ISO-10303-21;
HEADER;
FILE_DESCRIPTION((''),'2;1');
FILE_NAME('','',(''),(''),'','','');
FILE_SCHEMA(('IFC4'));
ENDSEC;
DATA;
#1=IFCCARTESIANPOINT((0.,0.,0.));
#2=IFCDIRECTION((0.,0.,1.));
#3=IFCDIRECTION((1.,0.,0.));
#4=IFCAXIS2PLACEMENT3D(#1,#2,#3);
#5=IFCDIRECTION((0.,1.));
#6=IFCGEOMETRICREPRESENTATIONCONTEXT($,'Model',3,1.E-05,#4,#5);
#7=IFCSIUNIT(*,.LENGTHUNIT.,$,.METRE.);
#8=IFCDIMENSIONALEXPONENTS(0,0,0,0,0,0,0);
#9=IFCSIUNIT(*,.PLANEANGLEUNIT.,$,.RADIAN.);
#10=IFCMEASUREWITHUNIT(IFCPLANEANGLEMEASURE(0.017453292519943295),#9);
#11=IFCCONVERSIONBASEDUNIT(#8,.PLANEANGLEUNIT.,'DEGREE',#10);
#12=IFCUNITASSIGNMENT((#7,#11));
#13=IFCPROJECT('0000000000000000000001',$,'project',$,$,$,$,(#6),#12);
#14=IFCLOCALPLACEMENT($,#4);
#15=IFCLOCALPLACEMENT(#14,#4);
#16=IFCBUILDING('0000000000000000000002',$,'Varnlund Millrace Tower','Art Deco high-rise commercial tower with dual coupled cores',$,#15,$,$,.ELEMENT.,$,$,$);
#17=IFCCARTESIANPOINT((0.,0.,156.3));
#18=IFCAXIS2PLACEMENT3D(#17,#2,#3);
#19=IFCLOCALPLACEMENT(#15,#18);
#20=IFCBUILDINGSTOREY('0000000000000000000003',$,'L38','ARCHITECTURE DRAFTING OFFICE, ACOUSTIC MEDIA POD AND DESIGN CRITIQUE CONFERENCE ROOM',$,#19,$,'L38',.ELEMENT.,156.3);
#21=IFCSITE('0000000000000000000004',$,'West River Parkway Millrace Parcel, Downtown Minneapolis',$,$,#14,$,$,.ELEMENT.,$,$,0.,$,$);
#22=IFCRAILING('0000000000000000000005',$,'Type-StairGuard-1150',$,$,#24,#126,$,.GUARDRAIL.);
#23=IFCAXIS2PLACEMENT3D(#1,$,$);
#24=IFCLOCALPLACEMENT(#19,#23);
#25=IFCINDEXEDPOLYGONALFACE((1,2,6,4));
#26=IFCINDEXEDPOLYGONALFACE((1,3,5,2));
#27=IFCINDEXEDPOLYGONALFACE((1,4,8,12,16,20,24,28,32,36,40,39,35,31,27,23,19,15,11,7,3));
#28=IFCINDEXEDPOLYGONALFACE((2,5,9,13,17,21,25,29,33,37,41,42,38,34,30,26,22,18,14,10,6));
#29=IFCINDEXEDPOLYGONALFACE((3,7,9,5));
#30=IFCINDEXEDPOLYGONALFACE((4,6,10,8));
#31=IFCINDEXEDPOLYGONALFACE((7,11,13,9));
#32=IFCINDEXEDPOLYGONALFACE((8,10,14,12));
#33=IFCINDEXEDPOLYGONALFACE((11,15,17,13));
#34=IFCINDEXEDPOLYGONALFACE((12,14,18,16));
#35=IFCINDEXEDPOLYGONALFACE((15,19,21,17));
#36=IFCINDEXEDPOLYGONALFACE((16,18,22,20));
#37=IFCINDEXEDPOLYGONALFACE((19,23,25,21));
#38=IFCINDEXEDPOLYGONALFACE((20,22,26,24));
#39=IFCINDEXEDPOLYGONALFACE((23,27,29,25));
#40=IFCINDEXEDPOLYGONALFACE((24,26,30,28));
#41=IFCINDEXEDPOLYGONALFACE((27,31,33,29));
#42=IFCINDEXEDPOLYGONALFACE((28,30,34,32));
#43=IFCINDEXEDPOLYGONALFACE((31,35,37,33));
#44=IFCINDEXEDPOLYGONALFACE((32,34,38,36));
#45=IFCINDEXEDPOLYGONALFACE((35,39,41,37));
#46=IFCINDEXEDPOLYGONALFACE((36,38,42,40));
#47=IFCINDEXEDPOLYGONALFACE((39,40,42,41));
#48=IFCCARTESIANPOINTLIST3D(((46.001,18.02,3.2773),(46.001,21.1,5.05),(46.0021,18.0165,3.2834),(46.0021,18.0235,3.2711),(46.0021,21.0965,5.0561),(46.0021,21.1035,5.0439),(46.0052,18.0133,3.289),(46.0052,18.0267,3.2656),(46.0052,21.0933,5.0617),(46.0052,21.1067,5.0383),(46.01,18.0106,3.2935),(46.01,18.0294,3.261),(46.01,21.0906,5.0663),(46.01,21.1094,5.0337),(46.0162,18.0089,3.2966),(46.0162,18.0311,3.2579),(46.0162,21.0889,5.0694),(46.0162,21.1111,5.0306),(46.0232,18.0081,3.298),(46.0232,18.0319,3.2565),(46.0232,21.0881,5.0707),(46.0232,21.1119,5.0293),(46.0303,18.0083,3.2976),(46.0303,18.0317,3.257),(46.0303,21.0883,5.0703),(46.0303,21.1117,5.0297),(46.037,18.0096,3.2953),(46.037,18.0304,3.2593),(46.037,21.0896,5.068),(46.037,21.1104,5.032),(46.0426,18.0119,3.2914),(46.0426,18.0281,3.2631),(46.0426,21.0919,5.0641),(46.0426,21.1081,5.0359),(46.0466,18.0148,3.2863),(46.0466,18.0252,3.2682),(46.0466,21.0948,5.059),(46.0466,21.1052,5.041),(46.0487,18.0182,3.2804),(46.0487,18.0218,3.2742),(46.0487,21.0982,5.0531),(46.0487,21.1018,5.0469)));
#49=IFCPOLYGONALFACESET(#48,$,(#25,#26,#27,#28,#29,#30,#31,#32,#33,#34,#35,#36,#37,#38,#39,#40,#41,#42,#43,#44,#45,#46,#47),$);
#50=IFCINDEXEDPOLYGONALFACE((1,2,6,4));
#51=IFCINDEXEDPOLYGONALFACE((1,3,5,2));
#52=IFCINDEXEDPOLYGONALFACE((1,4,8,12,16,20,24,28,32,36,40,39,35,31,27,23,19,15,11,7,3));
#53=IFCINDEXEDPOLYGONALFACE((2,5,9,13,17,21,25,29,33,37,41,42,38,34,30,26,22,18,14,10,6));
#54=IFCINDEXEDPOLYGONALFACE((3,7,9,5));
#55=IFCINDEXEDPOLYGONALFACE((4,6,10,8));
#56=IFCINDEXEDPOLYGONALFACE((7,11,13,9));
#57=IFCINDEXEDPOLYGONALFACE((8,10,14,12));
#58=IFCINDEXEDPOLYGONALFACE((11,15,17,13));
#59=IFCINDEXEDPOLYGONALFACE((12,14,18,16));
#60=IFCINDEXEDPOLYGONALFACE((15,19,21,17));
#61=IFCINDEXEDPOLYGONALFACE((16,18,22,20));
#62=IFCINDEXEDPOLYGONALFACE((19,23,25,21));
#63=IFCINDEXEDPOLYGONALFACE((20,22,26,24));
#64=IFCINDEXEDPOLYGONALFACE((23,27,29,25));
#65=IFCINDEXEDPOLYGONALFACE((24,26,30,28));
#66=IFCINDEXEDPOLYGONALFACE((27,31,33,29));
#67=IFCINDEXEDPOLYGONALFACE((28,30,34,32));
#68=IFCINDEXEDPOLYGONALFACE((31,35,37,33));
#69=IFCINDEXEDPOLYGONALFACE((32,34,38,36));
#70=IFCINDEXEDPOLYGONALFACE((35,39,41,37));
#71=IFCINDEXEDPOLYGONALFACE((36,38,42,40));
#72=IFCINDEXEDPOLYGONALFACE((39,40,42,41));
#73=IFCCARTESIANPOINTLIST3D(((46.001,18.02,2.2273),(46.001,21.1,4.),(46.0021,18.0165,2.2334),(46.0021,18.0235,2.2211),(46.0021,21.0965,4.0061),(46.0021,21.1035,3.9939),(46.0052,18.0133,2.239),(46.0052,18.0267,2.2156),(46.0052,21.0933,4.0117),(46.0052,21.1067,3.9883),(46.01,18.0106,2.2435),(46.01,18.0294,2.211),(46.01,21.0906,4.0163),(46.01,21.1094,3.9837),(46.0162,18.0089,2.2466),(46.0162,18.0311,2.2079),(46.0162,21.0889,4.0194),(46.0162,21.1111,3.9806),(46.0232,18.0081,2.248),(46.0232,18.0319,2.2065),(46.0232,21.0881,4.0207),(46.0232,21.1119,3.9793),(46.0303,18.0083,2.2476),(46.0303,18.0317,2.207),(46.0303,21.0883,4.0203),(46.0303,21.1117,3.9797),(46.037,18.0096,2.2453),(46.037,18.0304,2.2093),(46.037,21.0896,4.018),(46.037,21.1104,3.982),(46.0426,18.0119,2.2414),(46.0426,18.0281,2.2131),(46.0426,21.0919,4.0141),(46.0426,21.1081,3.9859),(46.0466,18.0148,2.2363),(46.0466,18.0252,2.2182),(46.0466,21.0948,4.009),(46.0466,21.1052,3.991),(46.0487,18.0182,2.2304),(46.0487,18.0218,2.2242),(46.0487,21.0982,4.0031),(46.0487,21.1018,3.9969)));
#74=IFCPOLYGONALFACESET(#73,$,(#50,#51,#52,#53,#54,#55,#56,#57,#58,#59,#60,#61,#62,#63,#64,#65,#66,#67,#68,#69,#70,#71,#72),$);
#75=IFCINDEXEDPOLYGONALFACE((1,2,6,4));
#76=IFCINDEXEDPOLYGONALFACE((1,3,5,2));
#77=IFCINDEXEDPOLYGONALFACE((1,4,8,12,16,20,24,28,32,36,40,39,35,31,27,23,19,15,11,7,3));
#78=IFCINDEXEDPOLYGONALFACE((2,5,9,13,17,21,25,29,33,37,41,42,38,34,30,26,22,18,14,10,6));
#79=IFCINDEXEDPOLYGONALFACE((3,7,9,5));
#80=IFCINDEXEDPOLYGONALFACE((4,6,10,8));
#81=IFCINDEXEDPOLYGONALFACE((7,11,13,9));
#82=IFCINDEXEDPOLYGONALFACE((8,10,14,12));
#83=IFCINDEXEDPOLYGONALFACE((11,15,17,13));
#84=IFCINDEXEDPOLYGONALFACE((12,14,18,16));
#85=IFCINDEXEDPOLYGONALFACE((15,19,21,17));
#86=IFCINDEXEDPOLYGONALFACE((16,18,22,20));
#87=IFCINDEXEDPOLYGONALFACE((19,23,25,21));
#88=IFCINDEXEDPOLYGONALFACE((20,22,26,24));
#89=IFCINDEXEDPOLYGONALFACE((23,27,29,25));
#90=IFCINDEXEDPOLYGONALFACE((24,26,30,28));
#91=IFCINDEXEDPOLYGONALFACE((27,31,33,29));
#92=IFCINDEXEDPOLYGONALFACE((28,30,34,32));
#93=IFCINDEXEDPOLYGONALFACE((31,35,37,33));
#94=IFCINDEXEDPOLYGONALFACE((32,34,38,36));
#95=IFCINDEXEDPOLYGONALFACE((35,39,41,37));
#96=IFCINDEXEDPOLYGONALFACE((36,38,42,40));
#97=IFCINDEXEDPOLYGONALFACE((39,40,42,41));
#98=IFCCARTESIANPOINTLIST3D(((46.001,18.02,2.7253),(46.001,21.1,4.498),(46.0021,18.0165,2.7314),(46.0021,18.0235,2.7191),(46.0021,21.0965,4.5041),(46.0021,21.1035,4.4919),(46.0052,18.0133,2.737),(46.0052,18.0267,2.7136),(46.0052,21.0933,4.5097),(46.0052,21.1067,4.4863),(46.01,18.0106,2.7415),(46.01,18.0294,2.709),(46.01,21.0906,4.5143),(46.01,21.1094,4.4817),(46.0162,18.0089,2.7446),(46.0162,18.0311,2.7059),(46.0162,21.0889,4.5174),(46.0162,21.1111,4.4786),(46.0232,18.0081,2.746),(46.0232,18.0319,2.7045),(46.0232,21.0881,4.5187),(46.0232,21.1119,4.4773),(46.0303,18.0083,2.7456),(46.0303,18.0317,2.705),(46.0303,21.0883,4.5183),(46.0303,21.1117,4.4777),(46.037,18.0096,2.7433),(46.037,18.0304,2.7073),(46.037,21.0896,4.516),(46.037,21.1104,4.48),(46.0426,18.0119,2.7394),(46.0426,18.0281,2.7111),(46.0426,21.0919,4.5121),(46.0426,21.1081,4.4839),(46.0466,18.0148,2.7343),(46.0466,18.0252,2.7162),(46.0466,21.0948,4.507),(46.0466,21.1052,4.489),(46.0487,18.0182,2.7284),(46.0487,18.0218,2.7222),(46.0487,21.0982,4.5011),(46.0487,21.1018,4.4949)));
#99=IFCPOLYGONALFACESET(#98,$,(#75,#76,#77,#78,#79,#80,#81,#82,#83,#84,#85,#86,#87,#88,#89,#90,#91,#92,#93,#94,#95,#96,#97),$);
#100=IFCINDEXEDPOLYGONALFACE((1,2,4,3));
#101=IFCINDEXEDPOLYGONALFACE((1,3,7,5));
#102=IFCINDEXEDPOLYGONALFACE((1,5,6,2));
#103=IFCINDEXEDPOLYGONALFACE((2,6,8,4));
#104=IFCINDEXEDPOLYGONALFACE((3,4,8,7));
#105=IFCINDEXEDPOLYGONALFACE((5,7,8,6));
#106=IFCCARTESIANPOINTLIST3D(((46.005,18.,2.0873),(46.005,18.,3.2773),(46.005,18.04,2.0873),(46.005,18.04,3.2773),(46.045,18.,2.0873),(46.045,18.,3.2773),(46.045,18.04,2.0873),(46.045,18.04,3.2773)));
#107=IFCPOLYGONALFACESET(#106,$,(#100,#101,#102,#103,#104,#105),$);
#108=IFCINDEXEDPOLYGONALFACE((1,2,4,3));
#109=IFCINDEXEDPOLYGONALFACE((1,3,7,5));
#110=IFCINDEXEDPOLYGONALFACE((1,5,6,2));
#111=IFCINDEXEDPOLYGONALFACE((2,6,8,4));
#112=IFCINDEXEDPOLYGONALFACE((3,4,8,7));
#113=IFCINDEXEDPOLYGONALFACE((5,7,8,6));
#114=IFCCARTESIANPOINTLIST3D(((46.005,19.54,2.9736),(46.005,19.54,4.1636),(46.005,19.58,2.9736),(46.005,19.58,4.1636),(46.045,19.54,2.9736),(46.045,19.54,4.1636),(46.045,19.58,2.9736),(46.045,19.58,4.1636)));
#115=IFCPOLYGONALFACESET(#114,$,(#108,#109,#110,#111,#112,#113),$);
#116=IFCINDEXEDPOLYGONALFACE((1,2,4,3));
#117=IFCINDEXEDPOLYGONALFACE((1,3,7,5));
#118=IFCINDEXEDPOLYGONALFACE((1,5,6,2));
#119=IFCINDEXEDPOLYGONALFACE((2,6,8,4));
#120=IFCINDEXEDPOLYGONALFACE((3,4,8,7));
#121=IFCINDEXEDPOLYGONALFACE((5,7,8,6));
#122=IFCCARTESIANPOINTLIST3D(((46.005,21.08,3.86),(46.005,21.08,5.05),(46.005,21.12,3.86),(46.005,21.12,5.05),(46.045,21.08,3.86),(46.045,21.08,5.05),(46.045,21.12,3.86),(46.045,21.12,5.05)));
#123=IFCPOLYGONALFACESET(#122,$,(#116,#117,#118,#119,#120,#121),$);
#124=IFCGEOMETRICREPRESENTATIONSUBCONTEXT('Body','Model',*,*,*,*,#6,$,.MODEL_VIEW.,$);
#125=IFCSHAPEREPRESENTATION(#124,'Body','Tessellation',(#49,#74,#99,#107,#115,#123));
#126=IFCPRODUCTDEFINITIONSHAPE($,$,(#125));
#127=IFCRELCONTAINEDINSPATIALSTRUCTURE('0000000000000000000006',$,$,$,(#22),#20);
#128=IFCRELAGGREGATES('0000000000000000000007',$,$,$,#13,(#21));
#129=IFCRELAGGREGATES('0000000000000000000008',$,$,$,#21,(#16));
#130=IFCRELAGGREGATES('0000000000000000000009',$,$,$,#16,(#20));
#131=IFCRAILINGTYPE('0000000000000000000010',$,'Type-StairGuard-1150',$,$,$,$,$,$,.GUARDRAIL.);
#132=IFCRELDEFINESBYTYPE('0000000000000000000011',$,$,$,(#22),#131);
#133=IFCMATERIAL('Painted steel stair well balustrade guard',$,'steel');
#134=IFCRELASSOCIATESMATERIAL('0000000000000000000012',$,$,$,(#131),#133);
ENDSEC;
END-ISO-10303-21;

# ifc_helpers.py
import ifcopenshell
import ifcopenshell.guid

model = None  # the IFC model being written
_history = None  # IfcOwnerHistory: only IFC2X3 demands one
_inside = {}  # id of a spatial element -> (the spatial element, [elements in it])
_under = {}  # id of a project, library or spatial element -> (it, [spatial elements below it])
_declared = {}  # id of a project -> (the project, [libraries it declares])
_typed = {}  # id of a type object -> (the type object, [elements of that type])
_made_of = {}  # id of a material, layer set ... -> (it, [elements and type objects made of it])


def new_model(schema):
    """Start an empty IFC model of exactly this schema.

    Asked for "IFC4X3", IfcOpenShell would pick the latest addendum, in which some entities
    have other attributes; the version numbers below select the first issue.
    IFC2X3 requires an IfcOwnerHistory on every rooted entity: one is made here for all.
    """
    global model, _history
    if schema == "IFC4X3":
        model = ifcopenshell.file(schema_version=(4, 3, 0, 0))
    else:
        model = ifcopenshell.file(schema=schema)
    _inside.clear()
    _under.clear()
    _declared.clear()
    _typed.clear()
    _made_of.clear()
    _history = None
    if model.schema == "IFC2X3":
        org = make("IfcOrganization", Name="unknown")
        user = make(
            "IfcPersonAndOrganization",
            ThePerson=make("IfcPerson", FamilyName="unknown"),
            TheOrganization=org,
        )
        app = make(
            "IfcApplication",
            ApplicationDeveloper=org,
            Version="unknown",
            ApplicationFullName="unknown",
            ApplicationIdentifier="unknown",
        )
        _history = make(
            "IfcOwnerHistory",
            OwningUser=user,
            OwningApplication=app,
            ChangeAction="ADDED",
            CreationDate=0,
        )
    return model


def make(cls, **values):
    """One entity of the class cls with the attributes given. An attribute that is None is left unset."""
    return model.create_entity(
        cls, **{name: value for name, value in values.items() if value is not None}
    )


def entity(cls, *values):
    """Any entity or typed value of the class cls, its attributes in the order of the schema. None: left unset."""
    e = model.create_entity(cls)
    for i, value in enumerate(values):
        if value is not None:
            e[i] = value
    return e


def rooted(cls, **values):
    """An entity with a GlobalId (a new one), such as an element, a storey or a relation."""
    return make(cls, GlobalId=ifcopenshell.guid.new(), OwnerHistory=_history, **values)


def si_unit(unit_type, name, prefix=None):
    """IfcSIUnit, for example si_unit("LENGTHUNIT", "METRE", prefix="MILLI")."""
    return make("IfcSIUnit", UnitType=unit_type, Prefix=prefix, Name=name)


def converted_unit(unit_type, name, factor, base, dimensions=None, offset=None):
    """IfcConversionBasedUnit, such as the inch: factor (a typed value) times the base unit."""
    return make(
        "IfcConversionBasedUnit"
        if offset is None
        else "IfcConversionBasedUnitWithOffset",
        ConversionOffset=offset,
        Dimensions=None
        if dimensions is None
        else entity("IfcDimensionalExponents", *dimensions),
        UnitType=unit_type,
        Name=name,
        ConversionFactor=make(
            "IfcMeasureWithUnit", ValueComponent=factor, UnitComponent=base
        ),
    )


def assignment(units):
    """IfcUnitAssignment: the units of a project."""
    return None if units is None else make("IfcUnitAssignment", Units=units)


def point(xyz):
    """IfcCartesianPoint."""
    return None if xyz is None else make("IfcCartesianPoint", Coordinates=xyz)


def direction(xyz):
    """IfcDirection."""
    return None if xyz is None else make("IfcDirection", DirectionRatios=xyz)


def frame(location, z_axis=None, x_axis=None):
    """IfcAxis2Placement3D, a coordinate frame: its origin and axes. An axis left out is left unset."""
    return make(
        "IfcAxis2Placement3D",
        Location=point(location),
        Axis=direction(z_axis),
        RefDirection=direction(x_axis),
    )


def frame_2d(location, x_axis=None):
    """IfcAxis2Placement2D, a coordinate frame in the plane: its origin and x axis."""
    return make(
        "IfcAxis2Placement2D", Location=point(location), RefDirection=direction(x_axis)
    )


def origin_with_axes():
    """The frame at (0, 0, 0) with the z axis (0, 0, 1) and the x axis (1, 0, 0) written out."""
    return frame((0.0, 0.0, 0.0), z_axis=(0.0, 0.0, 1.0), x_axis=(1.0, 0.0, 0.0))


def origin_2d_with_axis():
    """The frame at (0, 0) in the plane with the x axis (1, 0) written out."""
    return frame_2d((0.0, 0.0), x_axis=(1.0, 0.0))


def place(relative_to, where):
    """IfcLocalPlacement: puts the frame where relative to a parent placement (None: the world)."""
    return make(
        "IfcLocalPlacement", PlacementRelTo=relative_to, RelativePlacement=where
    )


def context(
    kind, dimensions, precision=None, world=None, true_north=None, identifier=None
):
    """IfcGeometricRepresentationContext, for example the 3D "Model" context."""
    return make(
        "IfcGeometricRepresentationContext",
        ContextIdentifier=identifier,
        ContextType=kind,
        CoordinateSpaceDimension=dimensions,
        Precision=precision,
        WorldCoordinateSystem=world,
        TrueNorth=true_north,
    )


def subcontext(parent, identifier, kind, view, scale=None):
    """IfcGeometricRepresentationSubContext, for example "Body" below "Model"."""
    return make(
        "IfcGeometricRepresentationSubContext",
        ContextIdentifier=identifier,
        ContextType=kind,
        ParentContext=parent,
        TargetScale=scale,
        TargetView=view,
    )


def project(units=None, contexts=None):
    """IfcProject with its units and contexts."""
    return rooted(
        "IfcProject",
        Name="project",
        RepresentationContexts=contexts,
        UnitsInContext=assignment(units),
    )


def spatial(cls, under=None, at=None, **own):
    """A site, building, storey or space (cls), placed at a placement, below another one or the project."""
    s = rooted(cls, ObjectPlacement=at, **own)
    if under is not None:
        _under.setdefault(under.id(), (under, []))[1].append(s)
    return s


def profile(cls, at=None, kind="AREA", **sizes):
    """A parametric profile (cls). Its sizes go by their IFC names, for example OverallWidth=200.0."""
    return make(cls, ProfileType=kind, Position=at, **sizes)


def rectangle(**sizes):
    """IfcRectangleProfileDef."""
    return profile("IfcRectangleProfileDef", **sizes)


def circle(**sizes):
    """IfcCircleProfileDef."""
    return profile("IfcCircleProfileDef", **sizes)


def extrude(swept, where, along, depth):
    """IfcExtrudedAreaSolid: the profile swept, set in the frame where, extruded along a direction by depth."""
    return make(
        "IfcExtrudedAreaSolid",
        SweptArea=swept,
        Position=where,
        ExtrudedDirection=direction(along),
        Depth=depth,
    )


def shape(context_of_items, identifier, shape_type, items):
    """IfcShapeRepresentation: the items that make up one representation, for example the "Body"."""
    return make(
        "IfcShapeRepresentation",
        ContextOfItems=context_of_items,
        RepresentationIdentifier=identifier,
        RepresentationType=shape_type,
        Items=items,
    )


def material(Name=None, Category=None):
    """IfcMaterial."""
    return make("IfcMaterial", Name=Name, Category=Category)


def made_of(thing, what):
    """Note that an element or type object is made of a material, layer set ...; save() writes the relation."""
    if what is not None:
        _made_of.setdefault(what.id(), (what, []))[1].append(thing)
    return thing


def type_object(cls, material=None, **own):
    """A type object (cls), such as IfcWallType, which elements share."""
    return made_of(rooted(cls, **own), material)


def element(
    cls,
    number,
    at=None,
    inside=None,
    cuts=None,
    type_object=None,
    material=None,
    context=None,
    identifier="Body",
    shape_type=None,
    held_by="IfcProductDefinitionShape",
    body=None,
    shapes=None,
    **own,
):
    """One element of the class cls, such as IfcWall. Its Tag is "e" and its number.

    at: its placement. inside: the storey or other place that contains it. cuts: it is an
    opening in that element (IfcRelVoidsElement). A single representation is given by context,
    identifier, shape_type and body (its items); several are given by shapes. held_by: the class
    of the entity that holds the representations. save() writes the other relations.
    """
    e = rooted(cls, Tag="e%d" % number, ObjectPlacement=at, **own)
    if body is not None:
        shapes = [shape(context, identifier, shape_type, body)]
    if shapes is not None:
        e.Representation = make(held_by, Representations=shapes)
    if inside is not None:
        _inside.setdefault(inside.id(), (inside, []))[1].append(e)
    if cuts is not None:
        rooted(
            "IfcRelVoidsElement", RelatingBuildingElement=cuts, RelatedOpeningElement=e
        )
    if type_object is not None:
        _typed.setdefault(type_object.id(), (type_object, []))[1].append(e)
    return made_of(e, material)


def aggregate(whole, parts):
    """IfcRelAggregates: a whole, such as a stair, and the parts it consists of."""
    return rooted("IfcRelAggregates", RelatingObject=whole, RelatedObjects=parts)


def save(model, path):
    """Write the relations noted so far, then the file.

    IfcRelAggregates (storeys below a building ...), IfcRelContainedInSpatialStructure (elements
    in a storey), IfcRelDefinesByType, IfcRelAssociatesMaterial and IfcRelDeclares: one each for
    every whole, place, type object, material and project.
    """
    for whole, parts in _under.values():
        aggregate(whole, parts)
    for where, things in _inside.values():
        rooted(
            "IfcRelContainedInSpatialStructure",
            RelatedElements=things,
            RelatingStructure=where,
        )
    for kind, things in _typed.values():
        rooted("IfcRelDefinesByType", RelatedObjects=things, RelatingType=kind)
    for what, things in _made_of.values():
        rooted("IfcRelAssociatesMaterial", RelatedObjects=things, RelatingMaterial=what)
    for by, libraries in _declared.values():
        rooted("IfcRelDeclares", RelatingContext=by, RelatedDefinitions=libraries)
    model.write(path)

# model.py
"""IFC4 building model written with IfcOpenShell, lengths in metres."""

from ifc_helpers import new_model, entity, si_unit, converted_unit, direction, frame, origin_with_axes, origin_2d_with_axis, place, context, subcontext, project, spatial, rectangle, circle, extrude, material, type_object, element, save


model = new_model("IFC4")

# Units and contexts
model_context = context("Model", 3, precision=1e-05, world=origin_with_axes(), true_north=direction((0.0, 1.0)))
body_context = subcontext(model_context, "Body", "Model", "MODEL_VIEW")
ifc_project = project(units=[si_unit("LENGTHUNIT", "METRE"), converted_unit("PLANEANGLEUNIT", "DEGREE", entity("IfcPlaneAngleMeasure", 0.017453292519943295), si_unit("PLANEANGLEUNIT", "RADIAN"), dimensions=[0, 0, 0, 0, 0, 0, 0])], contexts=[model_context])

# Site, building, storey
site_placement = place(None, origin_with_axes())
site = spatial("IfcSite", under=ifc_project, at=site_placement, Name="West River Parkway Millrace Parcel, Downtown Minneapolis", CompositionType="ELEMENT", RefElevation=0.0)
building_placement = place(site_placement, origin_with_axes())
building = spatial("IfcBuilding", under=site, at=building_placement, Name="Varnlund Millrace Tower", Description="Art Deco high-rise commercial tower with dual coupled cores", CompositionType="ELEMENT")
storey_placement = place(building_placement, frame((0.0, 0.0, 156.3), z_axis=(0.0, 0.0, 1.0), x_axis=(1.0, 0.0, 0.0)))
storey = spatial("IfcBuildingStorey", under=building, at=storey_placement, Name="L38", Description="ARCHITECTURE DRAFTING OFFICE, ACOUSTIC MEDIA POD AND DESIGN CRITIQUE CONFERENCE ROOM", LongName="L38", CompositionType="ELEMENT", Elevation=156.3)

# Railing
ifc_material_1 = material(Name="Painted steel stair well balustrade guard", Category="steel")
railing_type_1 = type_object("IfcRailingType", Name="Type-StairGuard-1150", PredefinedType="GUARDRAIL", material=ifc_material_1)
railing_1_placement = place(storey_placement, frame((0.0, 0.0, -156.3), z_axis=(0.0, 0.0, 1.0), x_axis=(1.0, 0.0, 0.0)))
element("IfcRailing", 1, at=railing_1_placement, inside=storey, type_object=railing_type_1, Name="Type-StairGuard-1150", PredefinedType="GUARDRAIL", context=body_context, shape_type="SweptSolid", body=[
    extrude(circle(Radius=0.024, at=origin_2d_with_axis()), frame((46.025, 18.02, 159.5773), z_axis=(0.0, 0.866696, 0.498836), x_axis=(-1.0, 0.0, 0.0)), (0.0, 0.0, 1.0), 3.5537),
    extrude(circle(Radius=0.024, at=origin_2d_with_axis()), frame((46.025, 18.02, 158.5273), z_axis=(0.0, 0.866696, 0.498836), x_axis=(-1.0, 0.0, 0.0)), (0.0, 0.0, 1.0), 3.5537),
    extrude(circle(Radius=0.024, at=origin_2d_with_axis()), frame((46.025, 18.02, 159.0253), z_axis=(0.0, 0.866696, 0.498836), x_axis=(-1.0, 0.0, 0.0)), (0.0, 0.0, 1.0), 3.5537),
    extrude(rectangle(XDim=0.04, YDim=0.04, at=origin_2d_with_axis()), frame((46.025, 18.02, 158.3873), z_axis=(0.0, 0.0, 1.0), x_axis=(1.0, 0.0, 0.0)), (0.0, 0.0, 1.0), 1.19),
    extrude(rectangle(XDim=0.04, YDim=0.04, at=origin_2d_with_axis()), frame((46.025, 19.56, 159.2736), z_axis=(0.0, 0.0, 1.0), x_axis=(1.0, 0.0, 0.0)), (0.0, 0.0, 1.0), 1.19),
    extrude(rectangle(XDim=0.04, YDim=0.04, at=origin_2d_with_axis()), frame((46.025, 21.1, 160.16), z_axis=(0.0, 0.0, 1.0), x_axis=(1.0, 0.0, 0.0)), (0.0, 0.0, 1.0), 1.19),
])

save(model, "model.ifc")
